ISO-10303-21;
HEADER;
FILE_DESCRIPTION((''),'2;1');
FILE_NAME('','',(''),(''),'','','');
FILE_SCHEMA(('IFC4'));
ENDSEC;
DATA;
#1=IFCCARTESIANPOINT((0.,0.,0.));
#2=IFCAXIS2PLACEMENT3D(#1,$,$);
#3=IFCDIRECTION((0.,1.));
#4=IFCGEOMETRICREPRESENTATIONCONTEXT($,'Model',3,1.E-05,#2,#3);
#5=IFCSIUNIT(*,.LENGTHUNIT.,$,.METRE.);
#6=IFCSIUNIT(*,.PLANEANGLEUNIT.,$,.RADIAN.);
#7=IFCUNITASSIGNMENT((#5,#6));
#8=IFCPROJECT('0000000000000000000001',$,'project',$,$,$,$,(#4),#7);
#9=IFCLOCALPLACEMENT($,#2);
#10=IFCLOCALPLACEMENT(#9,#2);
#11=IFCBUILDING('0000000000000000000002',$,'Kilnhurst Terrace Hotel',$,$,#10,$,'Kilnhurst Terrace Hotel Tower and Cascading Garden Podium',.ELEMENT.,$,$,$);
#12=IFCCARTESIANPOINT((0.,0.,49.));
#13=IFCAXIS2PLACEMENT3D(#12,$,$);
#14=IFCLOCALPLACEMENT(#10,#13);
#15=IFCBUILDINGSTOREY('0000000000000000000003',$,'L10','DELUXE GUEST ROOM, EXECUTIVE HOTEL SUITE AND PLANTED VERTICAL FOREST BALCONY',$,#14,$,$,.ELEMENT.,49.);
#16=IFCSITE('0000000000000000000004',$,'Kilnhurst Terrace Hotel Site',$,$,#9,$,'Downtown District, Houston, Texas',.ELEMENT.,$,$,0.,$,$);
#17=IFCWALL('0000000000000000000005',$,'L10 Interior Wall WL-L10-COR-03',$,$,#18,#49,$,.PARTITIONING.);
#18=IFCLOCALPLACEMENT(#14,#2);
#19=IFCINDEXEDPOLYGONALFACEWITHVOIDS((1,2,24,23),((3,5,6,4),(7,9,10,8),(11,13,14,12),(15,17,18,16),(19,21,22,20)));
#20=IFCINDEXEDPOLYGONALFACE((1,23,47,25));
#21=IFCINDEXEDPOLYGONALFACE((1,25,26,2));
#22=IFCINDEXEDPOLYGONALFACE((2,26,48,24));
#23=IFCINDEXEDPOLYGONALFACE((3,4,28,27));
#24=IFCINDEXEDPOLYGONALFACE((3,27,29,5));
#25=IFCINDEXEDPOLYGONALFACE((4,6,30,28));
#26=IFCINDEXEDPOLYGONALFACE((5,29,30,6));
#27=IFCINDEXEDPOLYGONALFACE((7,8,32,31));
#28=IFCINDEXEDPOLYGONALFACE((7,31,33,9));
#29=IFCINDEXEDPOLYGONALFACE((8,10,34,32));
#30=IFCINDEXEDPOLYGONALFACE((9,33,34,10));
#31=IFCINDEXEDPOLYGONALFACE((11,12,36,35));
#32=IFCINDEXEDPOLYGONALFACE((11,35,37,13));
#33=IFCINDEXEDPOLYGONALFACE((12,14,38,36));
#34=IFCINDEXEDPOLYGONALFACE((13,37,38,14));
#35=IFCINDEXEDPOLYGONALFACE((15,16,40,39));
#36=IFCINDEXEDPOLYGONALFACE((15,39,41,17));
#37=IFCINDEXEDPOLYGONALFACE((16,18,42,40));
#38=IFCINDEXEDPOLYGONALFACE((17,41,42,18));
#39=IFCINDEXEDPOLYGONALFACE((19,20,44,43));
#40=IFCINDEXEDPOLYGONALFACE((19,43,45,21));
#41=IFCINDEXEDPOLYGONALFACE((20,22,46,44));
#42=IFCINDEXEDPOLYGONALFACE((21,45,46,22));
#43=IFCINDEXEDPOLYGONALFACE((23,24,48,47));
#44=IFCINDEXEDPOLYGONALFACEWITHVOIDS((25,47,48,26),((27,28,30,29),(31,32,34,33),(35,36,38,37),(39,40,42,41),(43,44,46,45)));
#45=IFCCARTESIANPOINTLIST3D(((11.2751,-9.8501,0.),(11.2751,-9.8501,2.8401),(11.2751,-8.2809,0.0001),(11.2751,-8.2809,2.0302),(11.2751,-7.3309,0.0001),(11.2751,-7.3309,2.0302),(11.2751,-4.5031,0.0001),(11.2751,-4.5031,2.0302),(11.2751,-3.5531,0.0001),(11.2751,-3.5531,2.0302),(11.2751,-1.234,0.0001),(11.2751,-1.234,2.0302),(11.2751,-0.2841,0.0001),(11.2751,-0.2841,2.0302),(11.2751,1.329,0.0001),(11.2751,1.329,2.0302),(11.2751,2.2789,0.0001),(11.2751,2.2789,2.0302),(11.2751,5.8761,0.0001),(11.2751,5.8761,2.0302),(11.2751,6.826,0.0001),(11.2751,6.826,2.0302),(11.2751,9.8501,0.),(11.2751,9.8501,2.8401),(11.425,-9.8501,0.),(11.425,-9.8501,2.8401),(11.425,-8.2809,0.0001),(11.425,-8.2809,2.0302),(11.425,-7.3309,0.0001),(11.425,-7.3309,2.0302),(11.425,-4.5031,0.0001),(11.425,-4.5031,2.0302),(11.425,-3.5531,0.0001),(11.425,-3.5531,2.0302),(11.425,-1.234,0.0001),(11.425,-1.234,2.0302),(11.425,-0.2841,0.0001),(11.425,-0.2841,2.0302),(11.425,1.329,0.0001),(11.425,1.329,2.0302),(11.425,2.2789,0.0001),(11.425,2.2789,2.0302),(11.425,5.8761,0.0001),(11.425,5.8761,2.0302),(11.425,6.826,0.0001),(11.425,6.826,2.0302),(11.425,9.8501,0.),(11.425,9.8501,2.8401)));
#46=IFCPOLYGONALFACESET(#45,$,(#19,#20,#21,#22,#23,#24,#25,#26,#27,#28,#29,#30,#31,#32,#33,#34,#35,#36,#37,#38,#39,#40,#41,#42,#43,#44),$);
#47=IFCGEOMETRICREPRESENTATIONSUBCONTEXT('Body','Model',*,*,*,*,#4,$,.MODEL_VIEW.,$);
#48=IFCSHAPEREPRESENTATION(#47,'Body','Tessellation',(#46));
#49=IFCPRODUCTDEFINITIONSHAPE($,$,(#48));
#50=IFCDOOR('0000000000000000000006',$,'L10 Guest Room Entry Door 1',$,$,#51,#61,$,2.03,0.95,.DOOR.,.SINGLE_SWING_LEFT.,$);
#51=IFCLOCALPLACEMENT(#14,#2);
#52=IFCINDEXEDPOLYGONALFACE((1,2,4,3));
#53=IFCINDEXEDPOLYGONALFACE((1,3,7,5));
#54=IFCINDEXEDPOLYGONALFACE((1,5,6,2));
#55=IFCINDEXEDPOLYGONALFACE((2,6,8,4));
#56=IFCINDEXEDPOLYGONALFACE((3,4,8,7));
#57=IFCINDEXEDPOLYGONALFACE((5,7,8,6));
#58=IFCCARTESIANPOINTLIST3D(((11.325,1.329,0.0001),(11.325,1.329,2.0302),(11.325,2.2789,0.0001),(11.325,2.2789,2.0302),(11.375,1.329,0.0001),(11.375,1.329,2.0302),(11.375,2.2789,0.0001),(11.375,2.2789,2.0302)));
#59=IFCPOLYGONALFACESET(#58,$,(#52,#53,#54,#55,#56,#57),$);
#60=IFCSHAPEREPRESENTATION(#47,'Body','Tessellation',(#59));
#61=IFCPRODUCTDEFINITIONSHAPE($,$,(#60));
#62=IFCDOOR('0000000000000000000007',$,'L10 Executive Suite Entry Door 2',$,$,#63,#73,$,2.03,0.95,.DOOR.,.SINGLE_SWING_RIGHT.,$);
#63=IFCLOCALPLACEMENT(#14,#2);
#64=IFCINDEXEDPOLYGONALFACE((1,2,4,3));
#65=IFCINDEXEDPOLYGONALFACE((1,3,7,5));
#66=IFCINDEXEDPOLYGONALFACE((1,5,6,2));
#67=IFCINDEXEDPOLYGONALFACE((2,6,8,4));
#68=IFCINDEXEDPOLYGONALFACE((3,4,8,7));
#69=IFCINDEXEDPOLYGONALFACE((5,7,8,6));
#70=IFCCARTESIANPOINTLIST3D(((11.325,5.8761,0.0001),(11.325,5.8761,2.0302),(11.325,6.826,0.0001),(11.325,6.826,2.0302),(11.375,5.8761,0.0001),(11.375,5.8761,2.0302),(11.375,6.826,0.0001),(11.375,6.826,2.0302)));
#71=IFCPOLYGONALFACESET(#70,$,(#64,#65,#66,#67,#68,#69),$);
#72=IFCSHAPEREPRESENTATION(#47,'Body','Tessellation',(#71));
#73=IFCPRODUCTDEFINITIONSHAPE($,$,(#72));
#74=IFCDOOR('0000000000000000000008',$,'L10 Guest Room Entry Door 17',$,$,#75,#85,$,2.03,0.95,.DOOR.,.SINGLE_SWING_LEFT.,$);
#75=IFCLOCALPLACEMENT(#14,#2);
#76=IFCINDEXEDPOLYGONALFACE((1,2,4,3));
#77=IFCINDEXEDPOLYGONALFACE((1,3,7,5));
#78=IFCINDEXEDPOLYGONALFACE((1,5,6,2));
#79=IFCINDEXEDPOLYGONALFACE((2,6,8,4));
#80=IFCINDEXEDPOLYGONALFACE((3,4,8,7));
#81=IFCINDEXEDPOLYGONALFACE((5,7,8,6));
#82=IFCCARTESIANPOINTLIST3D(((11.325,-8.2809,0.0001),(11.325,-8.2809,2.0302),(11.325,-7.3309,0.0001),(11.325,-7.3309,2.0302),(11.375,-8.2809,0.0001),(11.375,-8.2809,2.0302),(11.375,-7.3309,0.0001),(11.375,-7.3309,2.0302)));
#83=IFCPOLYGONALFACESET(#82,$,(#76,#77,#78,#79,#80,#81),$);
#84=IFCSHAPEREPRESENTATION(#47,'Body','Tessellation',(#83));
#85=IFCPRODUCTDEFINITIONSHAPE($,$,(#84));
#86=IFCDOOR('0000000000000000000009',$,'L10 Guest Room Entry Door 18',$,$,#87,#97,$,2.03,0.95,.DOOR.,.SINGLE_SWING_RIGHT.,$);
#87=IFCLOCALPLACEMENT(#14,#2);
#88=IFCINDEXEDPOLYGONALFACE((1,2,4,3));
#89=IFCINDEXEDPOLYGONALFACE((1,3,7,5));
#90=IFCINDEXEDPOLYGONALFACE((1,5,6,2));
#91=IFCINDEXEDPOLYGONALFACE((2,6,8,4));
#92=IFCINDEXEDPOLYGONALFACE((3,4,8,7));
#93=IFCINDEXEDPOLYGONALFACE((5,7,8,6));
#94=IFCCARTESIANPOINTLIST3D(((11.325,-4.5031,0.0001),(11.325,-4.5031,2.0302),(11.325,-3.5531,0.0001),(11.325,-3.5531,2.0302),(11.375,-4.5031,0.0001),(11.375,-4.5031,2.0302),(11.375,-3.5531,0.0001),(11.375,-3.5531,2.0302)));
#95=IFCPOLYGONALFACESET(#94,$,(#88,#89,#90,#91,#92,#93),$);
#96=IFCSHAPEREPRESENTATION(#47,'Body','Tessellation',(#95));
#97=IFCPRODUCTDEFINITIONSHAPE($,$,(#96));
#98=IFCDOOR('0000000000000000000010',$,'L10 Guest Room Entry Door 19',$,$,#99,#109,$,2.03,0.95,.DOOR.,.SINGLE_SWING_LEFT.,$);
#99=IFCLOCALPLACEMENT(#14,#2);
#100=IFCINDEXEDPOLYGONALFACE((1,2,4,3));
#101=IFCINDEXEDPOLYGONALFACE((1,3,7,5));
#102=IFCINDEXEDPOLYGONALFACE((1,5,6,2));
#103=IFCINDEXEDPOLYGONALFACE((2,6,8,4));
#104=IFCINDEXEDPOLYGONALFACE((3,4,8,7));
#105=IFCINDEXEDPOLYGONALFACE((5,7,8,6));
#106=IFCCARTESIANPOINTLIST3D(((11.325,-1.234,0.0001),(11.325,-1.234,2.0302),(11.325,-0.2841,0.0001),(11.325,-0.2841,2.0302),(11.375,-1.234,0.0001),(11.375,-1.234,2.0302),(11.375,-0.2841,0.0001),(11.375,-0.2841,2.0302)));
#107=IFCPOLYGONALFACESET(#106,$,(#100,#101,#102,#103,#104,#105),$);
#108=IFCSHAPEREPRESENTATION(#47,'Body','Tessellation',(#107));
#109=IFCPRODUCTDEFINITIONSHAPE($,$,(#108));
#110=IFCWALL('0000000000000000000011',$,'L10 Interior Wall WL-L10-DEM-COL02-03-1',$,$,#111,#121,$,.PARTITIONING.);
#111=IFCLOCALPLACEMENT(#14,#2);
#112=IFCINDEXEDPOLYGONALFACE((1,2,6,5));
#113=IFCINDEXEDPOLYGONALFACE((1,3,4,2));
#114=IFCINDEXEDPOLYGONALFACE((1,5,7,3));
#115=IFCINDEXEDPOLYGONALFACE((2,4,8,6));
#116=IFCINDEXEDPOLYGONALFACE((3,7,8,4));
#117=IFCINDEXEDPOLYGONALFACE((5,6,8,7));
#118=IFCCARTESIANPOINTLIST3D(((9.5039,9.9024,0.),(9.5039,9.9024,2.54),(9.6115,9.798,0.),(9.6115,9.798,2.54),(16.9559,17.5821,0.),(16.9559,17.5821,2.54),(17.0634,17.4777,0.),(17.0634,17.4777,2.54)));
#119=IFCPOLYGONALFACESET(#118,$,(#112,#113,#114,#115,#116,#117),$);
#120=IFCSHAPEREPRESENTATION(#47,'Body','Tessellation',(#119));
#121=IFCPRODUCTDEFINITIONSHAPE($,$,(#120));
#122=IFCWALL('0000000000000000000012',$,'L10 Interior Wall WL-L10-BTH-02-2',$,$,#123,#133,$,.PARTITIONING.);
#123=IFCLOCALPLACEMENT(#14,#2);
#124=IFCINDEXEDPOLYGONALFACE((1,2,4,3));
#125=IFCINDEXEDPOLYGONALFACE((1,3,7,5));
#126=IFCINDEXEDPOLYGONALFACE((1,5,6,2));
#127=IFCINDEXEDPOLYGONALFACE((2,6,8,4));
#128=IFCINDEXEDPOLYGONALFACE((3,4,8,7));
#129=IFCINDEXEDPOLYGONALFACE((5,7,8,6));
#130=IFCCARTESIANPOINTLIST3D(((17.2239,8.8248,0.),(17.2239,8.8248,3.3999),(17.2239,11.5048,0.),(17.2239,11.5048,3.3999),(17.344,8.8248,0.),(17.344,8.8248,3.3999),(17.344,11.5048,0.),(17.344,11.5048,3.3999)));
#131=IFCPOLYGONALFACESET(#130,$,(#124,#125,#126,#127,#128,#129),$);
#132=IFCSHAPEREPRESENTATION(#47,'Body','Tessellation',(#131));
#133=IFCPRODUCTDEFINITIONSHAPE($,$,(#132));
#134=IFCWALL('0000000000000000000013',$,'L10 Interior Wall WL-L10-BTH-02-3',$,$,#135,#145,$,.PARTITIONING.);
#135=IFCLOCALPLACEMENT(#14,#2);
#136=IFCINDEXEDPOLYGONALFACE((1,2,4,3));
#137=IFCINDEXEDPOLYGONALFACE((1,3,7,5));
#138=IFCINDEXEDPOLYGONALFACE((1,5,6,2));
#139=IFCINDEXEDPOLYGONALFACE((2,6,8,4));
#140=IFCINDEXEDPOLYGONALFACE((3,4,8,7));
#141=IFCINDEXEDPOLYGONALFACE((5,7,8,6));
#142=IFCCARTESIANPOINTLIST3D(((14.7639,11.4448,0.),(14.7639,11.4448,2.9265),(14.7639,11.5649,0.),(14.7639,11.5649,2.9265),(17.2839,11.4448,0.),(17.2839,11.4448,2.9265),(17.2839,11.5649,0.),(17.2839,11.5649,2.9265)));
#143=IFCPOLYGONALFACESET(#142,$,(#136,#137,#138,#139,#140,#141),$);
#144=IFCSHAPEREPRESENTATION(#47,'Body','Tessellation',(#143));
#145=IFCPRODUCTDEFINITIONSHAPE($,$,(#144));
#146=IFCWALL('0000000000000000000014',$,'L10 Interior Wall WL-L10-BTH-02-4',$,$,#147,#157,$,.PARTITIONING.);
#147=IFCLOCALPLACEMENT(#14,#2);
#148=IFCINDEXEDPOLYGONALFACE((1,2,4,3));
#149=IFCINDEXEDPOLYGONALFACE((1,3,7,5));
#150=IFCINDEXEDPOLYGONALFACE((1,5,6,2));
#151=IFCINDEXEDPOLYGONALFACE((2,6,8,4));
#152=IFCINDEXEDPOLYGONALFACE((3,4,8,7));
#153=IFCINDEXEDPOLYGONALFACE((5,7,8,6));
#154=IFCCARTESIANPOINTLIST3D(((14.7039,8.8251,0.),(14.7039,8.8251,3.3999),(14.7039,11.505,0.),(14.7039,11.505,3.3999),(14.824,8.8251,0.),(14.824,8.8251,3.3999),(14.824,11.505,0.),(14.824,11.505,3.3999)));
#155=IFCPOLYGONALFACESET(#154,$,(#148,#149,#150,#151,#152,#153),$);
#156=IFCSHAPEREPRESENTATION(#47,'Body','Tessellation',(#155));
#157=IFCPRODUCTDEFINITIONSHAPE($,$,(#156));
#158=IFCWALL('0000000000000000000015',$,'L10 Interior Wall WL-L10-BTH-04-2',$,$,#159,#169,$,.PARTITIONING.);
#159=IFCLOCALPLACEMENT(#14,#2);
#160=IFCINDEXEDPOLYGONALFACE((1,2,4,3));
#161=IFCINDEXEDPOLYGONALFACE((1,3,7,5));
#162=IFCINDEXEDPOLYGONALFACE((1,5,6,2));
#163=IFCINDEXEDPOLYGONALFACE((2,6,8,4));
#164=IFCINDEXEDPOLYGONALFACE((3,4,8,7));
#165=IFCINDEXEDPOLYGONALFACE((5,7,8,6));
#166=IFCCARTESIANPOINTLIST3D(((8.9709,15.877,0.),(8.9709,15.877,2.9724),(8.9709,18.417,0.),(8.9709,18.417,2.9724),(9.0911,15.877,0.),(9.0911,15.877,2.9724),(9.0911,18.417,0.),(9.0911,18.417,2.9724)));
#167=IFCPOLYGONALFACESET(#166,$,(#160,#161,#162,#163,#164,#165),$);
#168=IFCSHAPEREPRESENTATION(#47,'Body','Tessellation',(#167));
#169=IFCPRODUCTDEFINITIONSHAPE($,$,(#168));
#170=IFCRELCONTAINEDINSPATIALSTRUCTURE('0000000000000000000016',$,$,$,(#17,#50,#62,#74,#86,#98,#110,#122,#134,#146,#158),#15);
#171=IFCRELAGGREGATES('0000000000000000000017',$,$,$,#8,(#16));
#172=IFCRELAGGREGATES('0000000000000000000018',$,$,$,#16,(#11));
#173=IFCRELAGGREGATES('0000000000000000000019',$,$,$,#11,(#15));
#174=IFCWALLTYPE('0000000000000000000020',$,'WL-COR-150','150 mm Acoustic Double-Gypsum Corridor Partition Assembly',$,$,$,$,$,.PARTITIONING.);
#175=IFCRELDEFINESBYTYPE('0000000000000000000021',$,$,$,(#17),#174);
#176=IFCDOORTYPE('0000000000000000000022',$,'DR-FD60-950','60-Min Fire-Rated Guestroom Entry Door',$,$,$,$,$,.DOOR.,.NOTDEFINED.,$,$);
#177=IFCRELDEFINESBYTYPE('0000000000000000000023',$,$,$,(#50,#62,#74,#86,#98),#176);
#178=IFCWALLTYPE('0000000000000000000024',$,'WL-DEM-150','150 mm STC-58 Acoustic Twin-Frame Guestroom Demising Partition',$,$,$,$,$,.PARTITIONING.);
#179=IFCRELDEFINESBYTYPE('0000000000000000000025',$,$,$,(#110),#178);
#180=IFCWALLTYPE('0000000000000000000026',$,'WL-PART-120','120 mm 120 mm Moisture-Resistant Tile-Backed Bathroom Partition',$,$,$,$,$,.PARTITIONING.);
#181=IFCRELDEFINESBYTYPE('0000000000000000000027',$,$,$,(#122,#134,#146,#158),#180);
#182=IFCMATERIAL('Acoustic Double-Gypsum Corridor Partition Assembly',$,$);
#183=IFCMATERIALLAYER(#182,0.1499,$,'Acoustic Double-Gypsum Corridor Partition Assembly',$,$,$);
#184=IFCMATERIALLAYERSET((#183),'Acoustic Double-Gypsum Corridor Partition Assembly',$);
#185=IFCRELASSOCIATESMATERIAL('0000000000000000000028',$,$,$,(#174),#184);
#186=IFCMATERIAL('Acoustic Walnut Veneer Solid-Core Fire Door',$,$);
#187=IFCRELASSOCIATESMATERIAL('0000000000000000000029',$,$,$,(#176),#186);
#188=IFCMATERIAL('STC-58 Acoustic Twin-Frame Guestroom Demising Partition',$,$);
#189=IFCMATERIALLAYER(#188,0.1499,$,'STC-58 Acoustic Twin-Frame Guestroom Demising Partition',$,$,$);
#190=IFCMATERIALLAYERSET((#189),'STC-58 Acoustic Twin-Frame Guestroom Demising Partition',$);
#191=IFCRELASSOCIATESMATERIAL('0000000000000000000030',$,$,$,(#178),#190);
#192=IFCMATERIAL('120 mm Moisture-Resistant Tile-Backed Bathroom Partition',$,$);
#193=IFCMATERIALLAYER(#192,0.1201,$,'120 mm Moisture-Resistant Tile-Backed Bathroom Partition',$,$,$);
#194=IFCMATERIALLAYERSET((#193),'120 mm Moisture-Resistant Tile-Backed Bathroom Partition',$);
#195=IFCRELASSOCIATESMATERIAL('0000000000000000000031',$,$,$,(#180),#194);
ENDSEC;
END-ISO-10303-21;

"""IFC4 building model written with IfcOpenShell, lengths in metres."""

from ifc_helpers import new_model, si_unit, direction, frame, frame_2d, origin, place, context, subcontext, project, spatial, rectangle, extrude, material, layer, layer_set, type_object, element, fill, save


model = new_model("IFC4")

# Units and contexts
model_context = context("Model", 3, precision=1e-05, world=origin(), true_north=direction((0.0, 1.0)))
body_context = subcontext(model_context, "Body", "Model", "MODEL_VIEW")
ifc_project = project(units=[si_unit("LENGTHUNIT", "METRE"), si_unit("PLANEANGLEUNIT", "RADIAN")], contexts=[model_context])

# Site, building, storey
site_placement = place(None, origin())
site = spatial("IfcSite", under=ifc_project, at=site_placement, Name="Kilnhurst Terrace Hotel Site", LongName="Downtown District, Houston, Texas", CompositionType="ELEMENT", RefElevation=0.0)
building_placement = place(site_placement, origin())
building = spatial("IfcBuilding", under=site, at=building_placement, Name="Kilnhurst Terrace Hotel", LongName="Kilnhurst Terrace Hotel Tower and Cascading Garden Podium", CompositionType="ELEMENT")
storey_placement = place(building_placement, frame((0.0, 0.0, 49.0)))
storey = spatial("IfcBuildingStorey", under=building, at=storey_placement, Name="L10", Description="DELUXE GUEST ROOM, EXECUTIVE HOTEL SUITE AND PLANTED VERTICAL FOREST BALCONY", CompositionType="ELEMENT", Elevation=49.0)

# Wall, openings, doors
ifc_material_1 = material(Name="Acoustic Double-Gypsum Corridor Partition Assembly")
ifc_layer_1 = layer(ifc_material_1, 0.1499, Name="Acoustic Double-Gypsum Corridor Partition Assembly")
ifc_layer_set_1 = layer_set([ifc_layer_1], Name="Acoustic Double-Gypsum Corridor Partition Assembly")
wall_type_1 = type_object("IfcWallType", Name="WL-COR-150", Description="150 mm Acoustic Double-Gypsum Corridor Partition Assembly", PredefinedType="PARTITIONING", material=ifc_layer_set_1)
wall_1_placement = place(storey_placement, frame((11.3501, 9.8501, 0.0), z_axis=(0.0, 0.0, 1.0), x_axis=(0.0, -1.0, 0.0)))
wall_1 = element("IfcWall", 1, at=wall_1_placement, inside=storey, type_object=wall_type_1, Name="L10 Interior Wall WL-L10-COR-03", PredefinedType="PARTITIONING", context=body_context, shape_type="SweptSolid", body=[
    extrude(rectangle(XDim=19.7002, YDim=0.1499, at=frame_2d((9.8501, 0.0))), origin(), (0.0, 0.0, 1.0), 2.8401),
])
opening_1_placement = place(wall_1_placement, frame((7.571, 0.0, 0.0)))
opening_1 = element("IfcOpeningElement", 2, at=opening_1_placement, cuts=wall_1, PredefinedType="OPENING", context=body_context, shape_type="SweptSolid", body=[
    extrude(rectangle(XDim=0.95, YDim=2.03, at=frame_2d((0.4751, 1.0151))), frame((0.0, 0.085, 0.0), z_axis=(0.0, -1.0, 0.0), x_axis=(1.0, 0.0, 0.0)), (0.0, 0.0, 1.0), 0.1699),
])
opening_2_placement = place(wall_1_placement, frame((3.0239, 0.0, 0.0)))
opening_2 = element("IfcOpeningElement", 3, at=opening_2_placement, cuts=wall_1, PredefinedType="OPENING", context=body_context, shape_type="SweptSolid", body=[
    extrude(rectangle(XDim=0.95, YDim=2.03, at=frame_2d((0.4751, 1.0151))), frame((0.0, 0.085, 0.0), z_axis=(0.0, -1.0, 0.0), x_axis=(1.0, 0.0, 0.0)), (0.0, 0.0, 1.0), 0.1699),
])
opening_3_placement = place(wall_1_placement, frame((17.1809, 0.0, 0.0)))
opening_3 = element("IfcOpeningElement", 4, at=opening_3_placement, cuts=wall_1, PredefinedType="OPENING", context=body_context, shape_type="SweptSolid", body=[
    extrude(rectangle(XDim=0.95, YDim=2.03, at=frame_2d((0.4751, 1.0151))), frame((0.0, 0.085, 0.0), z_axis=(0.0, -1.0, 0.0), x_axis=(1.0, 0.0, 0.0)), (0.0, 0.0, 1.0), 0.1699),
])
opening_4_placement = place(wall_1_placement, frame((13.4031, 0.0, 0.0)))
opening_4 = element("IfcOpeningElement", 5, at=opening_4_placement, cuts=wall_1, PredefinedType="OPENING", context=body_context, shape_type="SweptSolid", body=[
    extrude(rectangle(XDim=0.95, YDim=2.03, at=frame_2d((0.4751, 1.0151))), frame((0.0, 0.085, 0.0), z_axis=(0.0, -1.0, 0.0), x_axis=(1.0, 0.0, 0.0)), (0.0, 0.0, 1.0), 0.1699),
])
opening_5_placement = place(wall_1_placement, frame((10.134, 0.0, 0.0)))
opening_5 = element("IfcOpeningElement", 6, at=opening_5_placement, cuts=wall_1, PredefinedType="OPENING", context=body_context, shape_type="SweptSolid", body=[
    extrude(rectangle(XDim=0.95, YDim=2.03, at=frame_2d((0.4751, 1.0151))), frame((0.0, 0.085, 0.0), z_axis=(0.0, -1.0, 0.0), x_axis=(1.0, 0.0, 0.0)), (0.0, 0.0, 1.0), 0.1699),
])
ifc_material_2 = material(Name="Acoustic Walnut Veneer Solid-Core Fire Door")
door_type = type_object("IfcDoorType", Name="DR-FD60-950", Description="60-Min Fire-Rated Guestroom Entry Door", OperationType="NOTDEFINED", PredefinedType="DOOR", material=ifc_material_2)
door_1_placement = place(opening_1_placement, origin())
door_1 = element("IfcDoor", 7, at=door_1_placement, inside=storey, type_object=door_type, Name="L10 Guest Room Entry Door 1", OperationType="SINGLE_SWING_LEFT", OverallHeight=2.03, OverallWidth=0.95, PredefinedType="DOOR", context=body_context, shape_type="SweptSolid", body=[
    extrude(rectangle(XDim=0.95, YDim=2.03, at=frame_2d((0.4751, 1.0151))), frame((0.0, 0.0249, 0.0), z_axis=(0.0, -1.0, 0.0), x_axis=(1.0, 0.0, 0.0)), (0.0, 0.0, 1.0), 0.05),
])
fill(opening_1, door_1)
door_2_placement = place(opening_2_placement, origin())
door_2 = element("IfcDoor", 8, at=door_2_placement, inside=storey, type_object=door_type, Name="L10 Executive Suite Entry Door 2", OperationType="SINGLE_SWING_RIGHT", OverallHeight=2.03, OverallWidth=0.95, PredefinedType="DOOR", context=body_context, shape_type="SweptSolid", body=[
    extrude(rectangle(XDim=0.95, YDim=2.03, at=frame_2d((0.4751, 1.0151))), frame((0.0, 0.0249, 0.0), z_axis=(0.0, -1.0, 0.0), x_axis=(1.0, 0.0, 0.0)), (0.0, 0.0, 1.0), 0.05),
])
fill(opening_2, door_2)
door_3_placement = place(opening_3_placement, origin())
door_3 = element("IfcDoor", 9, at=door_3_placement, inside=storey, type_object=door_type, Name="L10 Guest Room Entry Door 17", OperationType="SINGLE_SWING_LEFT", OverallHeight=2.03, OverallWidth=0.95, PredefinedType="DOOR", context=body_context, shape_type="SweptSolid", body=[
    extrude(rectangle(XDim=0.95, YDim=2.03, at=frame_2d((0.4751, 1.0151))), frame((0.0, 0.0249, 0.0), z_axis=(0.0, -1.0, 0.0), x_axis=(1.0, 0.0, 0.0)), (0.0, 0.0, 1.0), 0.05),
])
fill(opening_3, door_3)
door_4_placement = place(opening_4_placement, origin())
door_4 = element("IfcDoor", 10, at=door_4_placement, inside=storey, type_object=door_type, Name="L10 Guest Room Entry Door 18", OperationType="SINGLE_SWING_RIGHT", OverallHeight=2.03, OverallWidth=0.95, PredefinedType="DOOR", context=body_context, shape_type="SweptSolid", body=[
    extrude(rectangle(XDim=0.95, YDim=2.03, at=frame_2d((0.4751, 1.0151))), frame((0.0, 0.0249, 0.0), z_axis=(0.0, -1.0, 0.0), x_axis=(1.0, 0.0, 0.0)), (0.0, 0.0, 1.0), 0.05),
])
fill(opening_4, door_4)
door_5_placement = place(opening_5_placement, origin())
door_5 = element("IfcDoor", 11, at=door_5_placement, inside=storey, type_object=door_type, Name="L10 Guest Room Entry Door 19", OperationType="SINGLE_SWING_LEFT", OverallHeight=2.03, OverallWidth=0.95, PredefinedType="DOOR", context=body_context, shape_type="SweptSolid", body=[
    extrude(rectangle(XDim=0.95, YDim=2.03, at=frame_2d((0.4751, 1.0151))), frame((0.0, 0.0249, 0.0), z_axis=(0.0, -1.0, 0.0), x_axis=(1.0, 0.0, 0.0)), (0.0, 0.0, 1.0), 0.05),
])
fill(opening_5, door_5)

# Walls
ifc_material_3 = material(Name="STC-58 Acoustic Twin-Frame Guestroom Demising Partition")
ifc_layer_2 = layer(ifc_material_3, 0.1499, Name="STC-58 Acoustic Twin-Frame Guestroom Demising Partition")
ifc_layer_set_2 = layer_set([ifc_layer_2], Name="STC-58 Acoustic Twin-Frame Guestroom Demising Partition")
wall_type_2 = type_object("IfcWallType", Name="WL-DEM-150", Description="150 mm STC-58 Acoustic Twin-Frame Guestroom Demising Partition", PredefinedType="PARTITIONING", material=ifc_layer_set_2)
wall_2_placement = place(storey_placement, frame((9.5576, 9.8501, 0.0), z_axis=(0.0, 0.0, 1.0), x_axis=(0.696383, 0.71767, 0.0)))
element("IfcWall", 12, at=wall_2_placement, inside=storey, type_object=wall_type_2, Name="L10 Interior Wall WL-L10-DEM-COL02-03-1", PredefinedType="PARTITIONING", context=body_context, shape_type="SweptSolid", body=[
    extrude(rectangle(XDim=10.7009, YDim=0.1499, at=frame_2d((5.3506, 0.0))), origin(), (0.0, 0.0, 1.0), 2.54),
])
ifc_material_4 = material(Name="120 mm Moisture-Resistant Tile-Backed Bathroom Partition")
ifc_layer_3 = layer(ifc_material_4, 0.1201, Name="120 mm Moisture-Resistant Tile-Backed Bathroom Partition")
ifc_layer_set_3 = layer_set([ifc_layer_3], Name="120 mm Moisture-Resistant Tile-Backed Bathroom Partition")
wall_type_3 = type_object("IfcWallType", Name="WL-PART-120", Description="120 mm 120 mm Moisture-Resistant Tile-Backed Bathroom Partition", PredefinedType="PARTITIONING", material=ifc_layer_set_3)
wall_3_placement = place(storey_placement, frame((17.2839, 8.825, 0.0), z_axis=(0.0, 0.0, 1.0), x_axis=(0.0, 1.0, 0.0)))
element("IfcWall", 13, at=wall_3_placement, inside=storey, type_object=wall_type_3, Name="L10 Interior Wall WL-L10-BTH-02-2", PredefinedType="PARTITIONING", context=body_context, shape_type="SweptSolid", body=[
    extrude(rectangle(XDim=2.6799, YDim=0.1201, at=frame_2d((1.3398, 0.0))), origin(), (0.0, 0.0, 1.0), 3.3999),
])
wall_4_placement = place(storey_placement, frame((17.2839, 11.5049, 0.0), z_axis=(0.0, 0.0, 1.0), x_axis=(-1.0, 0.0, 0.0)))
element("IfcWall", 14, at=wall_4_placement, inside=storey, type_object=wall_type_3, Name="L10 Interior Wall WL-L10-BTH-02-3", PredefinedType="PARTITIONING", context=body_context, shape_type="SweptSolid", body=[
    extrude(rectangle(XDim=2.52, YDim=0.1201, at=frame_2d((1.26, 0.0))), origin(), (0.0, 0.0, 1.0), 2.9265),
])
wall_5_placement = place(storey_placement, frame((14.7639, 11.5049, 0.0), z_axis=(0.0, 0.0, 1.0), x_axis=(0.0, -1.0, 0.0)))
element("IfcWall", 15, at=wall_5_placement, inside=storey, type_object=wall_type_3, Name="L10 Interior Wall WL-L10-BTH-02-4", PredefinedType="PARTITIONING", context=body_context, shape_type="SweptSolid", body=[
    extrude(rectangle(XDim=2.6799, YDim=0.1201, at=frame_2d((1.3398, 0.0))), origin(), (0.0, 0.0, 1.0), 3.3999),
])
wall_6_placement = place(storey_placement, frame((9.031, 15.877, 0.0), z_axis=(0.0, 0.0, 1.0), x_axis=(0.0, 1.0, 0.0)))
element("IfcWall", 16, at=wall_6_placement, inside=storey, type_object=wall_type_3, Name="L10 Interior Wall WL-L10-BTH-04-2", PredefinedType="PARTITIONING", context=body_context, shape_type="SweptSolid", body=[
    extrude(rectangle(XDim=2.54, YDim=0.1201, at=frame_2d((1.27, 0.0))), origin(), (0.0, 0.0, 1.0), 2.9724),
])

save(model, "model.ifc")
